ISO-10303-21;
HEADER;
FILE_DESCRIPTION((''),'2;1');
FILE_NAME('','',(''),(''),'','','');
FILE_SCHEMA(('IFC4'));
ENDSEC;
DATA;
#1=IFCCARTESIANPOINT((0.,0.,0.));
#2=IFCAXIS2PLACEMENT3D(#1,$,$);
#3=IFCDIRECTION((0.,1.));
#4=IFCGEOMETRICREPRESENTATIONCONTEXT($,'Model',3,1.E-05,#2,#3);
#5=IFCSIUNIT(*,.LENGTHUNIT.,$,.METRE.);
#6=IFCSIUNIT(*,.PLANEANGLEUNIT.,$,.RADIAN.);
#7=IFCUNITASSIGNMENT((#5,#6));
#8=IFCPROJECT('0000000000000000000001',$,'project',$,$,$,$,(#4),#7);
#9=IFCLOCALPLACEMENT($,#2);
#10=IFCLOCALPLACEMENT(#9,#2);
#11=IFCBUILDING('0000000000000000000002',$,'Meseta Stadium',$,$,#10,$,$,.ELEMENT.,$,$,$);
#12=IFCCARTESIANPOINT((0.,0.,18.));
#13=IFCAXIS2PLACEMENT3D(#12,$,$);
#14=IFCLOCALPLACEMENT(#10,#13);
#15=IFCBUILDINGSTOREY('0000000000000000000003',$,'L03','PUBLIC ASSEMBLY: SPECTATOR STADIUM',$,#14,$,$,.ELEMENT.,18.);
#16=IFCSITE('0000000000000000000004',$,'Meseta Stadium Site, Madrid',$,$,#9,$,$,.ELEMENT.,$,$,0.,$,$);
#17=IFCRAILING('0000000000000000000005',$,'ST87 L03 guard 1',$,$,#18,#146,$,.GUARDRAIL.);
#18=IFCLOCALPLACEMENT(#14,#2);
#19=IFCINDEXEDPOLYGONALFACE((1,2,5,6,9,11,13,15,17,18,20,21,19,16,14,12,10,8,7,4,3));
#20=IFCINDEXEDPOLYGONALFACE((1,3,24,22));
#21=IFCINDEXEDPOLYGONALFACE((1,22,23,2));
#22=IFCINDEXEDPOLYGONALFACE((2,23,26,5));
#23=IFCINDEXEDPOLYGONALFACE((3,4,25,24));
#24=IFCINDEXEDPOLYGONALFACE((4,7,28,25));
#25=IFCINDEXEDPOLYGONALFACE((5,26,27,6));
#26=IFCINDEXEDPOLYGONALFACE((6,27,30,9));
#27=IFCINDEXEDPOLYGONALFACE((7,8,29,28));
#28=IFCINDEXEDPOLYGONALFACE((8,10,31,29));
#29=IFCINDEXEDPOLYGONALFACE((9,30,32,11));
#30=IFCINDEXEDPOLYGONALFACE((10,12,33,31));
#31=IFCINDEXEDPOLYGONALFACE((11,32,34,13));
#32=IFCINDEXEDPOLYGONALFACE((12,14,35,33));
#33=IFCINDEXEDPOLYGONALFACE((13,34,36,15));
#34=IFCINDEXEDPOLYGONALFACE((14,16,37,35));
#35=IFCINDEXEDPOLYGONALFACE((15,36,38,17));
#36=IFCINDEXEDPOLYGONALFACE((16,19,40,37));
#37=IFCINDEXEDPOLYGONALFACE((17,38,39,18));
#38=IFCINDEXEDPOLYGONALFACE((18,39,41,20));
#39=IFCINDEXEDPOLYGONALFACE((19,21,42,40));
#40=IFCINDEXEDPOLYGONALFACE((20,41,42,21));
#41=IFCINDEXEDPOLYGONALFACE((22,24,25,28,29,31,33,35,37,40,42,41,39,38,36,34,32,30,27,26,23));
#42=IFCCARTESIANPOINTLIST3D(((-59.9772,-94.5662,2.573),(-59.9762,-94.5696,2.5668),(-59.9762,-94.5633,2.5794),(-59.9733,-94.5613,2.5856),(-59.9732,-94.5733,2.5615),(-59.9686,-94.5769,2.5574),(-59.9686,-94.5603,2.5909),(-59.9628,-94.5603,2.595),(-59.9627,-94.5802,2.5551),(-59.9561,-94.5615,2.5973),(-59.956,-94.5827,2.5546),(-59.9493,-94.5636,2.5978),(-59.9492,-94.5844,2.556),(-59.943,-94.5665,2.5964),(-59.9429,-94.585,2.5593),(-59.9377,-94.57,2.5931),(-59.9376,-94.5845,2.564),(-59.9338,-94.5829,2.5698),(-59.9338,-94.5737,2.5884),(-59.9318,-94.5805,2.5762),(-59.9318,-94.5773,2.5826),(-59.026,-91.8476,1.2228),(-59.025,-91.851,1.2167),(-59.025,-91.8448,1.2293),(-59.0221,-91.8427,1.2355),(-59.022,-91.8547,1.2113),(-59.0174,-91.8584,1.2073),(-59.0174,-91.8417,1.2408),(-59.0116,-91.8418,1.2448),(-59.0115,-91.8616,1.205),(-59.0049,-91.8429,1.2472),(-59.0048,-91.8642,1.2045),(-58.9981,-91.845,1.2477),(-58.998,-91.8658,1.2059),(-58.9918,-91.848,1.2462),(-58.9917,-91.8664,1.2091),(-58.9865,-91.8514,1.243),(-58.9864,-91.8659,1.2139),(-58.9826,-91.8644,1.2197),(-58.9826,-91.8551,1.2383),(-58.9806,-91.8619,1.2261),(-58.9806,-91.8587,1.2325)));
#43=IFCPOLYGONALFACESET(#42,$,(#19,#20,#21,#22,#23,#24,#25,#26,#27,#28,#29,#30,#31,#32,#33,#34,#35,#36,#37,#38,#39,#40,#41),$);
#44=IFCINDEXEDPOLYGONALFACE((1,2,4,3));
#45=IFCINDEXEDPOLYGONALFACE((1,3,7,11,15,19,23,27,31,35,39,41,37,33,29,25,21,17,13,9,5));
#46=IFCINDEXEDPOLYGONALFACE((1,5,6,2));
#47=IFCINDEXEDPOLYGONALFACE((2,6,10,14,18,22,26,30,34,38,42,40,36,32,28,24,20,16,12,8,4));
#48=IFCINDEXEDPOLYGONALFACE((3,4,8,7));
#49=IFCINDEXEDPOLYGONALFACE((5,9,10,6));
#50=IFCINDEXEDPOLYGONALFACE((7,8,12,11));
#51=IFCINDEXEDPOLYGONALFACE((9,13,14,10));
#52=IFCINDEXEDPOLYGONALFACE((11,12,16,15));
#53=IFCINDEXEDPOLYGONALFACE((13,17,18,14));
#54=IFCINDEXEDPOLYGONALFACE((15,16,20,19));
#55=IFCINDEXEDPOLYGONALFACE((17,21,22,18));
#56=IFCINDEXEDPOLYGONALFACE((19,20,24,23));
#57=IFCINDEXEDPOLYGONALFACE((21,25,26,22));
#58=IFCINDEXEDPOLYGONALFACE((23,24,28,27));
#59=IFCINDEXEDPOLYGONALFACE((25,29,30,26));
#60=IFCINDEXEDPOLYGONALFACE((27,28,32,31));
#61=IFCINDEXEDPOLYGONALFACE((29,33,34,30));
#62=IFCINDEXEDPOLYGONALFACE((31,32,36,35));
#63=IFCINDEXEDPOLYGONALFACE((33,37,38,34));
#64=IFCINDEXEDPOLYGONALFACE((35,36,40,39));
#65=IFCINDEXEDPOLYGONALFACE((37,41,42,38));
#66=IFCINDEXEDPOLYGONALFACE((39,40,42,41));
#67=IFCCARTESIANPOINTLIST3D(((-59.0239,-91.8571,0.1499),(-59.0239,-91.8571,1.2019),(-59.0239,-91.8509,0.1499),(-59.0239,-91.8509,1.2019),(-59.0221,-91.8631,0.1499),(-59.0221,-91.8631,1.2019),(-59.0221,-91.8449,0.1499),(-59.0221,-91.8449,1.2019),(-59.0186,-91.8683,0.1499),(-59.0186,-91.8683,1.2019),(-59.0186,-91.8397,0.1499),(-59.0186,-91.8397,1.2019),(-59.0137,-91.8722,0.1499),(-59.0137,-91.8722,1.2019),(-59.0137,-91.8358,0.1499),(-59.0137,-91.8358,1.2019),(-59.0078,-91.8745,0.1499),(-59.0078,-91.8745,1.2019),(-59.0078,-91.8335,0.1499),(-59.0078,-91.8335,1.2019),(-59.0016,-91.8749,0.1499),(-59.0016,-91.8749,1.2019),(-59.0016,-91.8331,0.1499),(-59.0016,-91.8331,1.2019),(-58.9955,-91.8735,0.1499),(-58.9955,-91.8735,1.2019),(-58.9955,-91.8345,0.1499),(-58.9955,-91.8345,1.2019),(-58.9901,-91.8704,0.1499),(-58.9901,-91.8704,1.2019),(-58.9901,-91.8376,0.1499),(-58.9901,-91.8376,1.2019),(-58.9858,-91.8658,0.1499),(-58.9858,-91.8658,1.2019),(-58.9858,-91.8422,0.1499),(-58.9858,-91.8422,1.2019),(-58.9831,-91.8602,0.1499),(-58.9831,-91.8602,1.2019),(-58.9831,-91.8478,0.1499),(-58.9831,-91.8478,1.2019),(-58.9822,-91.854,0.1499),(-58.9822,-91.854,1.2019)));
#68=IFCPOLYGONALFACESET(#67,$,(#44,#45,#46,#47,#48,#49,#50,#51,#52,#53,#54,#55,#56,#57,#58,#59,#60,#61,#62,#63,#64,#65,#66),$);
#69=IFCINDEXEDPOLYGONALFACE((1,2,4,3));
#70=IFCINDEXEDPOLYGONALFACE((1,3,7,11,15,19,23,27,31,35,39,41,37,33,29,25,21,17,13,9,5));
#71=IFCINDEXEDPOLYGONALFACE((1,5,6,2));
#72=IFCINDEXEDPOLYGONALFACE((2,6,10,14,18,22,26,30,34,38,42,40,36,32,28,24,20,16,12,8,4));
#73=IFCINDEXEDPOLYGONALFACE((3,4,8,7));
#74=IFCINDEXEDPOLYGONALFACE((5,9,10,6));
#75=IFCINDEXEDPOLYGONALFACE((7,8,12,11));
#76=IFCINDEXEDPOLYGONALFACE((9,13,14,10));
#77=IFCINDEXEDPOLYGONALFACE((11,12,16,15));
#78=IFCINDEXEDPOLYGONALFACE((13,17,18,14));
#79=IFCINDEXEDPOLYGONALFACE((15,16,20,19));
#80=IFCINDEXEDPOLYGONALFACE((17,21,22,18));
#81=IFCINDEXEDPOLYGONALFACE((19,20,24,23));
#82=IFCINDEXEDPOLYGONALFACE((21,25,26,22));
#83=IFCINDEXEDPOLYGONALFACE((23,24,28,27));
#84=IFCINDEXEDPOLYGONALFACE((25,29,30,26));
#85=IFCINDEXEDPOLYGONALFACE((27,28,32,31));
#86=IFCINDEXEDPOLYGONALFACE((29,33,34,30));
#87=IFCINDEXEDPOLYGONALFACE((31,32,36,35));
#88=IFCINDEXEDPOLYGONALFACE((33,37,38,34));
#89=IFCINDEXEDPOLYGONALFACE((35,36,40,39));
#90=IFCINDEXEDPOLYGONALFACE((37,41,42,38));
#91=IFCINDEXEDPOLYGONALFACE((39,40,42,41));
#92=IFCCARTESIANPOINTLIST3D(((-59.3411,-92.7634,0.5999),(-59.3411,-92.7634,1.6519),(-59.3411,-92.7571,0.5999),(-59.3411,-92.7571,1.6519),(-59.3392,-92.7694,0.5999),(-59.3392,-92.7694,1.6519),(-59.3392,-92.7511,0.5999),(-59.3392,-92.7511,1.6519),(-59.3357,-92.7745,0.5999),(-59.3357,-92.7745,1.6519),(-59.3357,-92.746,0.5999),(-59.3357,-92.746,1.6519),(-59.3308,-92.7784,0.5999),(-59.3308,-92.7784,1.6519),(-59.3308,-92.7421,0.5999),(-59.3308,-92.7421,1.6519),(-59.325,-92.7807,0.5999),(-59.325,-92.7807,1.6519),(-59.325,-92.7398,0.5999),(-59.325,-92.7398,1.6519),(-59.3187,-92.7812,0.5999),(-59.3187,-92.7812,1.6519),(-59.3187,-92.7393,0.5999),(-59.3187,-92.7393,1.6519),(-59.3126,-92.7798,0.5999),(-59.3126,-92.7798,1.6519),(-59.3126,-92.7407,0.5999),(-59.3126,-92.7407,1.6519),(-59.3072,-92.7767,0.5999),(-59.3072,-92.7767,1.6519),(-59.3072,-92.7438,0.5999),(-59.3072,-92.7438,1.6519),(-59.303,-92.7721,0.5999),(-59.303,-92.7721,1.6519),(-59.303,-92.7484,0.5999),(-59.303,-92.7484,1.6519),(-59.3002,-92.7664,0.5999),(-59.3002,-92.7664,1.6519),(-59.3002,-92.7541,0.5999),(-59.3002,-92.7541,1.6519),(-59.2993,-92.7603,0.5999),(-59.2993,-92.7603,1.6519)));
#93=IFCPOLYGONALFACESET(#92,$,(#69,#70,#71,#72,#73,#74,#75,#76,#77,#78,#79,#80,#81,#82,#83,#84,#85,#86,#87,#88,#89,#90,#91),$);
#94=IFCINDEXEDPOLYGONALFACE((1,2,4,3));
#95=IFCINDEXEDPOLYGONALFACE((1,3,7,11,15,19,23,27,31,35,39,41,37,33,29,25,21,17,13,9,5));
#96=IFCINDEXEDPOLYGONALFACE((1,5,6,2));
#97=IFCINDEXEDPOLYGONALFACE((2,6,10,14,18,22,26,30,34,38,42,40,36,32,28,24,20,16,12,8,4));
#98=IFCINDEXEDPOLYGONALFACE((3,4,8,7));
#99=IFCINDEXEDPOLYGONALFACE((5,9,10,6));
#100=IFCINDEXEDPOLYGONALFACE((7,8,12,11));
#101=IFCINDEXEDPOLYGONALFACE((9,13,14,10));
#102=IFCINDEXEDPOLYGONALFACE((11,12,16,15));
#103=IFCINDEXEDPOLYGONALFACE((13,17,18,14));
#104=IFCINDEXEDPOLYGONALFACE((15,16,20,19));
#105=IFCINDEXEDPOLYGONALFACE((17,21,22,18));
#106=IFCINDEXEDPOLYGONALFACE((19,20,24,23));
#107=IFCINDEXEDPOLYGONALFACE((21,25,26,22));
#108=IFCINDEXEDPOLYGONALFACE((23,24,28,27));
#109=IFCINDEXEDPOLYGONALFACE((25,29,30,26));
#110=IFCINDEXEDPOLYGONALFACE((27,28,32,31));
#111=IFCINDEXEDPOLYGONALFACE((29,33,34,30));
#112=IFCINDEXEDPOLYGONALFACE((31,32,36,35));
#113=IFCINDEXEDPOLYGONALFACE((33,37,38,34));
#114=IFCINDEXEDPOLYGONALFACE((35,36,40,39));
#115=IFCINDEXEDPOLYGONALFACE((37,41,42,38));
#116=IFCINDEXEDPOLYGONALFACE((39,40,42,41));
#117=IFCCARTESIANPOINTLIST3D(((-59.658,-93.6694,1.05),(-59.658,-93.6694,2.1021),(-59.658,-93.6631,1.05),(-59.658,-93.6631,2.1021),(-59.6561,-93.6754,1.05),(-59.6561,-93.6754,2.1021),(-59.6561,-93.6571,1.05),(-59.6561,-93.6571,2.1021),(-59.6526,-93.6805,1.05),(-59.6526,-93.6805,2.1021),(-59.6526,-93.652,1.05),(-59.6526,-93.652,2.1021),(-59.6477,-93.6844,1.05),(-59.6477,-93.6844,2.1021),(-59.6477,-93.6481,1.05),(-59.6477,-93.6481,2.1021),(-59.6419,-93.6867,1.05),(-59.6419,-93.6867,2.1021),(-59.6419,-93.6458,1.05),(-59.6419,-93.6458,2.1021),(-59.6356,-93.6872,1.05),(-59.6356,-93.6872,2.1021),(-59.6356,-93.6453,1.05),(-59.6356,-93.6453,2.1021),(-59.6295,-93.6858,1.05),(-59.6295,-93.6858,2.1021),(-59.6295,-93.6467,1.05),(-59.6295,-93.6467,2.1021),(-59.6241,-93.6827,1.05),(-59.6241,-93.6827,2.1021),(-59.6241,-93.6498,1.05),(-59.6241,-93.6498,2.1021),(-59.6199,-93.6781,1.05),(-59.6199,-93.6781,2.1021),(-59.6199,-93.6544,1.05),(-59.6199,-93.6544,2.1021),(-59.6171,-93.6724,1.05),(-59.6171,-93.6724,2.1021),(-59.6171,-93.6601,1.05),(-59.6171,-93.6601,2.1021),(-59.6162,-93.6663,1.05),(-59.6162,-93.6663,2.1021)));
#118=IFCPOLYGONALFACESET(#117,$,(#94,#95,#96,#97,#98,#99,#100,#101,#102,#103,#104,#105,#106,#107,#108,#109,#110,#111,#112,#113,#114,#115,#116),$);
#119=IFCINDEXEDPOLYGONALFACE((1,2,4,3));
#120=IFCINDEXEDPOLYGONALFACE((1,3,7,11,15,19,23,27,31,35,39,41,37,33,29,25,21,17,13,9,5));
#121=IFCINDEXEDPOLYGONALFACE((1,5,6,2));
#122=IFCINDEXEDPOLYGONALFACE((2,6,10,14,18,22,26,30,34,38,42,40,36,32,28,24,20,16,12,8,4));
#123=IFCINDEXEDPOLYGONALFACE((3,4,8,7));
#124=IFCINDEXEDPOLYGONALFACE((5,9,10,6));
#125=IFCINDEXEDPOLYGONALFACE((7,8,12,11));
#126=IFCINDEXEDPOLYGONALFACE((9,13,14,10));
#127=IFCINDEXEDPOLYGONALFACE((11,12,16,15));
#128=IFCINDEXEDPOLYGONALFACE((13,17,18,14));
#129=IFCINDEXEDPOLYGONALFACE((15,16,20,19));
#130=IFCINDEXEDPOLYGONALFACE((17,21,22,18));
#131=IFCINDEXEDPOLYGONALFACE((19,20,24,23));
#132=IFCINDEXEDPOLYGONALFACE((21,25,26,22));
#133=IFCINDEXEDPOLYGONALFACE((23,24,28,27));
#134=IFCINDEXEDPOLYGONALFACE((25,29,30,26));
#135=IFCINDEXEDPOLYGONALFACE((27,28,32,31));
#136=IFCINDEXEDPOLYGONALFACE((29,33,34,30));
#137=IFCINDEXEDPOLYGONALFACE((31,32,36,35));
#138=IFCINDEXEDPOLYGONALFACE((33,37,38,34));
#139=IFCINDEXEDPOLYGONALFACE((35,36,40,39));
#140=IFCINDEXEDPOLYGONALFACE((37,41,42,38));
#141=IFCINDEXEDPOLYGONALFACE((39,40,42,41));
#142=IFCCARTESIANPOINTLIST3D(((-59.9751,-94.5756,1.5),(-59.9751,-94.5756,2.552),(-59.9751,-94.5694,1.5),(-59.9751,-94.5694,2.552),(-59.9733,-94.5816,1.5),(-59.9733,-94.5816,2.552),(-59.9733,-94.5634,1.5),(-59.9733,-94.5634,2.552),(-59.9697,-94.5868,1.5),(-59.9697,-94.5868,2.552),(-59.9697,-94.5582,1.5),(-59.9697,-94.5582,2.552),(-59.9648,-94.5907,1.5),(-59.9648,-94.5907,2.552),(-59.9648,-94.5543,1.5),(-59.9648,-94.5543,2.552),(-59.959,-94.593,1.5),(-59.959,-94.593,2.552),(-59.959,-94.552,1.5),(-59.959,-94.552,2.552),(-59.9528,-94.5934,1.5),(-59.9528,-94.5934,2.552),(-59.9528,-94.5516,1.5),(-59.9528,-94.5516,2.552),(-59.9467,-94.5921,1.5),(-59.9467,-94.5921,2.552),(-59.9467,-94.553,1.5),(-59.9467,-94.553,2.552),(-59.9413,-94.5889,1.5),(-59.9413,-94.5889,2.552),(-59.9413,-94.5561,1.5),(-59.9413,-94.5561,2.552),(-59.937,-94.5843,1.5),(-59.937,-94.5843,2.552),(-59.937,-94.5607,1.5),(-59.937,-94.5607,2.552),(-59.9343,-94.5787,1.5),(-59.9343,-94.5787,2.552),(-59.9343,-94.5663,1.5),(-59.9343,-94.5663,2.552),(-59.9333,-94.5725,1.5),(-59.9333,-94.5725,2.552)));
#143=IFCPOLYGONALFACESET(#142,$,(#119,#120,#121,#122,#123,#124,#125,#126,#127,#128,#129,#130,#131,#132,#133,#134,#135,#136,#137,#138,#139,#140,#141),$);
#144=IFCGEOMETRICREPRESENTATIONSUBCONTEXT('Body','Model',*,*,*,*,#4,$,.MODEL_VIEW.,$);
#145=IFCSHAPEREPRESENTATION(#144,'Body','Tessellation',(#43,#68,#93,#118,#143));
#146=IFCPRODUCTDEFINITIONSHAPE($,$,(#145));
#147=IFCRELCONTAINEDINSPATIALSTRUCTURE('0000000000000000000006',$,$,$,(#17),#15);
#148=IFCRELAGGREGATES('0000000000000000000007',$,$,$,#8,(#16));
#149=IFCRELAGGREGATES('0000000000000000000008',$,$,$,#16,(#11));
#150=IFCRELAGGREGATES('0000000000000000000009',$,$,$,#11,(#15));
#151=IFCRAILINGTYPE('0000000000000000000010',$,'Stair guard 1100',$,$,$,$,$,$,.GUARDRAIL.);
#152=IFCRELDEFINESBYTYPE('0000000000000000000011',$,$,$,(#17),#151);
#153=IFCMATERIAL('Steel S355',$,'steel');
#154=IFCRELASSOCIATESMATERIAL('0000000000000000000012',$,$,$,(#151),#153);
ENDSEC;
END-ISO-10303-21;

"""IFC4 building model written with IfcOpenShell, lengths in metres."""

from ifc_helpers import new_model, si_unit, direction, frame, origin, origin_2d, place, context, subcontext, project, spatial, circle, extrude, material, type_object, element, save


model = new_model("IFC4")

# Units and contexts
model_context = context("Model", 3, precision=1e-05, world=origin(), true_north=direction((0.0, 1.0)))
body_context = subcontext(model_context, "Body", "Model", "MODEL_VIEW")
ifc_project = project(units=[si_unit("LENGTHUNIT", "METRE"), si_unit("PLANEANGLEUNIT", "RADIAN")], contexts=[model_context])

# Site, building, storey
site_placement = place(None, origin())
site = spatial("IfcSite", under=ifc_project, at=site_placement, Name="Meseta Stadium Site, Madrid", CompositionType="ELEMENT", RefElevation=0.0)
building_placement = place(site_placement, origin())
building = spatial("IfcBuilding", under=site, at=building_placement, Name="Meseta Stadium", CompositionType="ELEMENT")
storey_placement = place(building_placement, frame((0.0, 0.0, 18.0)))
storey = spatial("IfcBuildingStorey", under=building, at=storey_placement, Name="L03", Description="PUBLIC ASSEMBLY: SPECTATOR STADIUM", CompositionType="ELEMENT", Elevation=18.0)

# Railing
ifc_material_1 = material(Name="Steel S355", Category="steel")
railing_type_1 = type_object("IfcRailingType", Name="Stair guard 1100", PredefinedType="GUARDRAIL", material=ifc_material_1)
railing_1_placement = place(storey_placement, frame((-59.0032, -91.854, 0.1499)))
element("IfcRailing", 1, at=railing_1_placement, inside=storey, type_object=railing_type_1, Name="ST87 L03 guard 1", PredefinedType="GUARDRAIL", context=body_context, shape_type="SweptSolid", body=[
    extrude(circle(Radius=0.0239, at=origin_2d()), frame((0.0, 0.0, 1.0762), z_axis=(-0.299031, -0.854649, 0.424446), x_axis=(0.943891, -0.330256, 0.0)), (0.0, 0.0, 1.0), 3.1809),
    extrude(circle(Radius=0.021, at=origin_2d()), origin(), (0.0, 0.0, 1.0), 1.052),
    extrude(circle(Radius=0.021, at=origin_2d()), frame((-0.3171, -0.9062, 0.45)), (0.0, 0.0, 1.0), 1.052),
    extrude(circle(Radius=0.021, at=origin_2d()), frame((-0.634, -1.8123, 0.9001)), (0.0, 0.0, 1.0), 1.052),
    extrude(circle(Radius=0.021, at=origin_2d()), frame((-0.9512, -2.7185, 1.3501)), (0.0, 0.0, 1.0), 1.052),
])

save(model, "model.ifc")
